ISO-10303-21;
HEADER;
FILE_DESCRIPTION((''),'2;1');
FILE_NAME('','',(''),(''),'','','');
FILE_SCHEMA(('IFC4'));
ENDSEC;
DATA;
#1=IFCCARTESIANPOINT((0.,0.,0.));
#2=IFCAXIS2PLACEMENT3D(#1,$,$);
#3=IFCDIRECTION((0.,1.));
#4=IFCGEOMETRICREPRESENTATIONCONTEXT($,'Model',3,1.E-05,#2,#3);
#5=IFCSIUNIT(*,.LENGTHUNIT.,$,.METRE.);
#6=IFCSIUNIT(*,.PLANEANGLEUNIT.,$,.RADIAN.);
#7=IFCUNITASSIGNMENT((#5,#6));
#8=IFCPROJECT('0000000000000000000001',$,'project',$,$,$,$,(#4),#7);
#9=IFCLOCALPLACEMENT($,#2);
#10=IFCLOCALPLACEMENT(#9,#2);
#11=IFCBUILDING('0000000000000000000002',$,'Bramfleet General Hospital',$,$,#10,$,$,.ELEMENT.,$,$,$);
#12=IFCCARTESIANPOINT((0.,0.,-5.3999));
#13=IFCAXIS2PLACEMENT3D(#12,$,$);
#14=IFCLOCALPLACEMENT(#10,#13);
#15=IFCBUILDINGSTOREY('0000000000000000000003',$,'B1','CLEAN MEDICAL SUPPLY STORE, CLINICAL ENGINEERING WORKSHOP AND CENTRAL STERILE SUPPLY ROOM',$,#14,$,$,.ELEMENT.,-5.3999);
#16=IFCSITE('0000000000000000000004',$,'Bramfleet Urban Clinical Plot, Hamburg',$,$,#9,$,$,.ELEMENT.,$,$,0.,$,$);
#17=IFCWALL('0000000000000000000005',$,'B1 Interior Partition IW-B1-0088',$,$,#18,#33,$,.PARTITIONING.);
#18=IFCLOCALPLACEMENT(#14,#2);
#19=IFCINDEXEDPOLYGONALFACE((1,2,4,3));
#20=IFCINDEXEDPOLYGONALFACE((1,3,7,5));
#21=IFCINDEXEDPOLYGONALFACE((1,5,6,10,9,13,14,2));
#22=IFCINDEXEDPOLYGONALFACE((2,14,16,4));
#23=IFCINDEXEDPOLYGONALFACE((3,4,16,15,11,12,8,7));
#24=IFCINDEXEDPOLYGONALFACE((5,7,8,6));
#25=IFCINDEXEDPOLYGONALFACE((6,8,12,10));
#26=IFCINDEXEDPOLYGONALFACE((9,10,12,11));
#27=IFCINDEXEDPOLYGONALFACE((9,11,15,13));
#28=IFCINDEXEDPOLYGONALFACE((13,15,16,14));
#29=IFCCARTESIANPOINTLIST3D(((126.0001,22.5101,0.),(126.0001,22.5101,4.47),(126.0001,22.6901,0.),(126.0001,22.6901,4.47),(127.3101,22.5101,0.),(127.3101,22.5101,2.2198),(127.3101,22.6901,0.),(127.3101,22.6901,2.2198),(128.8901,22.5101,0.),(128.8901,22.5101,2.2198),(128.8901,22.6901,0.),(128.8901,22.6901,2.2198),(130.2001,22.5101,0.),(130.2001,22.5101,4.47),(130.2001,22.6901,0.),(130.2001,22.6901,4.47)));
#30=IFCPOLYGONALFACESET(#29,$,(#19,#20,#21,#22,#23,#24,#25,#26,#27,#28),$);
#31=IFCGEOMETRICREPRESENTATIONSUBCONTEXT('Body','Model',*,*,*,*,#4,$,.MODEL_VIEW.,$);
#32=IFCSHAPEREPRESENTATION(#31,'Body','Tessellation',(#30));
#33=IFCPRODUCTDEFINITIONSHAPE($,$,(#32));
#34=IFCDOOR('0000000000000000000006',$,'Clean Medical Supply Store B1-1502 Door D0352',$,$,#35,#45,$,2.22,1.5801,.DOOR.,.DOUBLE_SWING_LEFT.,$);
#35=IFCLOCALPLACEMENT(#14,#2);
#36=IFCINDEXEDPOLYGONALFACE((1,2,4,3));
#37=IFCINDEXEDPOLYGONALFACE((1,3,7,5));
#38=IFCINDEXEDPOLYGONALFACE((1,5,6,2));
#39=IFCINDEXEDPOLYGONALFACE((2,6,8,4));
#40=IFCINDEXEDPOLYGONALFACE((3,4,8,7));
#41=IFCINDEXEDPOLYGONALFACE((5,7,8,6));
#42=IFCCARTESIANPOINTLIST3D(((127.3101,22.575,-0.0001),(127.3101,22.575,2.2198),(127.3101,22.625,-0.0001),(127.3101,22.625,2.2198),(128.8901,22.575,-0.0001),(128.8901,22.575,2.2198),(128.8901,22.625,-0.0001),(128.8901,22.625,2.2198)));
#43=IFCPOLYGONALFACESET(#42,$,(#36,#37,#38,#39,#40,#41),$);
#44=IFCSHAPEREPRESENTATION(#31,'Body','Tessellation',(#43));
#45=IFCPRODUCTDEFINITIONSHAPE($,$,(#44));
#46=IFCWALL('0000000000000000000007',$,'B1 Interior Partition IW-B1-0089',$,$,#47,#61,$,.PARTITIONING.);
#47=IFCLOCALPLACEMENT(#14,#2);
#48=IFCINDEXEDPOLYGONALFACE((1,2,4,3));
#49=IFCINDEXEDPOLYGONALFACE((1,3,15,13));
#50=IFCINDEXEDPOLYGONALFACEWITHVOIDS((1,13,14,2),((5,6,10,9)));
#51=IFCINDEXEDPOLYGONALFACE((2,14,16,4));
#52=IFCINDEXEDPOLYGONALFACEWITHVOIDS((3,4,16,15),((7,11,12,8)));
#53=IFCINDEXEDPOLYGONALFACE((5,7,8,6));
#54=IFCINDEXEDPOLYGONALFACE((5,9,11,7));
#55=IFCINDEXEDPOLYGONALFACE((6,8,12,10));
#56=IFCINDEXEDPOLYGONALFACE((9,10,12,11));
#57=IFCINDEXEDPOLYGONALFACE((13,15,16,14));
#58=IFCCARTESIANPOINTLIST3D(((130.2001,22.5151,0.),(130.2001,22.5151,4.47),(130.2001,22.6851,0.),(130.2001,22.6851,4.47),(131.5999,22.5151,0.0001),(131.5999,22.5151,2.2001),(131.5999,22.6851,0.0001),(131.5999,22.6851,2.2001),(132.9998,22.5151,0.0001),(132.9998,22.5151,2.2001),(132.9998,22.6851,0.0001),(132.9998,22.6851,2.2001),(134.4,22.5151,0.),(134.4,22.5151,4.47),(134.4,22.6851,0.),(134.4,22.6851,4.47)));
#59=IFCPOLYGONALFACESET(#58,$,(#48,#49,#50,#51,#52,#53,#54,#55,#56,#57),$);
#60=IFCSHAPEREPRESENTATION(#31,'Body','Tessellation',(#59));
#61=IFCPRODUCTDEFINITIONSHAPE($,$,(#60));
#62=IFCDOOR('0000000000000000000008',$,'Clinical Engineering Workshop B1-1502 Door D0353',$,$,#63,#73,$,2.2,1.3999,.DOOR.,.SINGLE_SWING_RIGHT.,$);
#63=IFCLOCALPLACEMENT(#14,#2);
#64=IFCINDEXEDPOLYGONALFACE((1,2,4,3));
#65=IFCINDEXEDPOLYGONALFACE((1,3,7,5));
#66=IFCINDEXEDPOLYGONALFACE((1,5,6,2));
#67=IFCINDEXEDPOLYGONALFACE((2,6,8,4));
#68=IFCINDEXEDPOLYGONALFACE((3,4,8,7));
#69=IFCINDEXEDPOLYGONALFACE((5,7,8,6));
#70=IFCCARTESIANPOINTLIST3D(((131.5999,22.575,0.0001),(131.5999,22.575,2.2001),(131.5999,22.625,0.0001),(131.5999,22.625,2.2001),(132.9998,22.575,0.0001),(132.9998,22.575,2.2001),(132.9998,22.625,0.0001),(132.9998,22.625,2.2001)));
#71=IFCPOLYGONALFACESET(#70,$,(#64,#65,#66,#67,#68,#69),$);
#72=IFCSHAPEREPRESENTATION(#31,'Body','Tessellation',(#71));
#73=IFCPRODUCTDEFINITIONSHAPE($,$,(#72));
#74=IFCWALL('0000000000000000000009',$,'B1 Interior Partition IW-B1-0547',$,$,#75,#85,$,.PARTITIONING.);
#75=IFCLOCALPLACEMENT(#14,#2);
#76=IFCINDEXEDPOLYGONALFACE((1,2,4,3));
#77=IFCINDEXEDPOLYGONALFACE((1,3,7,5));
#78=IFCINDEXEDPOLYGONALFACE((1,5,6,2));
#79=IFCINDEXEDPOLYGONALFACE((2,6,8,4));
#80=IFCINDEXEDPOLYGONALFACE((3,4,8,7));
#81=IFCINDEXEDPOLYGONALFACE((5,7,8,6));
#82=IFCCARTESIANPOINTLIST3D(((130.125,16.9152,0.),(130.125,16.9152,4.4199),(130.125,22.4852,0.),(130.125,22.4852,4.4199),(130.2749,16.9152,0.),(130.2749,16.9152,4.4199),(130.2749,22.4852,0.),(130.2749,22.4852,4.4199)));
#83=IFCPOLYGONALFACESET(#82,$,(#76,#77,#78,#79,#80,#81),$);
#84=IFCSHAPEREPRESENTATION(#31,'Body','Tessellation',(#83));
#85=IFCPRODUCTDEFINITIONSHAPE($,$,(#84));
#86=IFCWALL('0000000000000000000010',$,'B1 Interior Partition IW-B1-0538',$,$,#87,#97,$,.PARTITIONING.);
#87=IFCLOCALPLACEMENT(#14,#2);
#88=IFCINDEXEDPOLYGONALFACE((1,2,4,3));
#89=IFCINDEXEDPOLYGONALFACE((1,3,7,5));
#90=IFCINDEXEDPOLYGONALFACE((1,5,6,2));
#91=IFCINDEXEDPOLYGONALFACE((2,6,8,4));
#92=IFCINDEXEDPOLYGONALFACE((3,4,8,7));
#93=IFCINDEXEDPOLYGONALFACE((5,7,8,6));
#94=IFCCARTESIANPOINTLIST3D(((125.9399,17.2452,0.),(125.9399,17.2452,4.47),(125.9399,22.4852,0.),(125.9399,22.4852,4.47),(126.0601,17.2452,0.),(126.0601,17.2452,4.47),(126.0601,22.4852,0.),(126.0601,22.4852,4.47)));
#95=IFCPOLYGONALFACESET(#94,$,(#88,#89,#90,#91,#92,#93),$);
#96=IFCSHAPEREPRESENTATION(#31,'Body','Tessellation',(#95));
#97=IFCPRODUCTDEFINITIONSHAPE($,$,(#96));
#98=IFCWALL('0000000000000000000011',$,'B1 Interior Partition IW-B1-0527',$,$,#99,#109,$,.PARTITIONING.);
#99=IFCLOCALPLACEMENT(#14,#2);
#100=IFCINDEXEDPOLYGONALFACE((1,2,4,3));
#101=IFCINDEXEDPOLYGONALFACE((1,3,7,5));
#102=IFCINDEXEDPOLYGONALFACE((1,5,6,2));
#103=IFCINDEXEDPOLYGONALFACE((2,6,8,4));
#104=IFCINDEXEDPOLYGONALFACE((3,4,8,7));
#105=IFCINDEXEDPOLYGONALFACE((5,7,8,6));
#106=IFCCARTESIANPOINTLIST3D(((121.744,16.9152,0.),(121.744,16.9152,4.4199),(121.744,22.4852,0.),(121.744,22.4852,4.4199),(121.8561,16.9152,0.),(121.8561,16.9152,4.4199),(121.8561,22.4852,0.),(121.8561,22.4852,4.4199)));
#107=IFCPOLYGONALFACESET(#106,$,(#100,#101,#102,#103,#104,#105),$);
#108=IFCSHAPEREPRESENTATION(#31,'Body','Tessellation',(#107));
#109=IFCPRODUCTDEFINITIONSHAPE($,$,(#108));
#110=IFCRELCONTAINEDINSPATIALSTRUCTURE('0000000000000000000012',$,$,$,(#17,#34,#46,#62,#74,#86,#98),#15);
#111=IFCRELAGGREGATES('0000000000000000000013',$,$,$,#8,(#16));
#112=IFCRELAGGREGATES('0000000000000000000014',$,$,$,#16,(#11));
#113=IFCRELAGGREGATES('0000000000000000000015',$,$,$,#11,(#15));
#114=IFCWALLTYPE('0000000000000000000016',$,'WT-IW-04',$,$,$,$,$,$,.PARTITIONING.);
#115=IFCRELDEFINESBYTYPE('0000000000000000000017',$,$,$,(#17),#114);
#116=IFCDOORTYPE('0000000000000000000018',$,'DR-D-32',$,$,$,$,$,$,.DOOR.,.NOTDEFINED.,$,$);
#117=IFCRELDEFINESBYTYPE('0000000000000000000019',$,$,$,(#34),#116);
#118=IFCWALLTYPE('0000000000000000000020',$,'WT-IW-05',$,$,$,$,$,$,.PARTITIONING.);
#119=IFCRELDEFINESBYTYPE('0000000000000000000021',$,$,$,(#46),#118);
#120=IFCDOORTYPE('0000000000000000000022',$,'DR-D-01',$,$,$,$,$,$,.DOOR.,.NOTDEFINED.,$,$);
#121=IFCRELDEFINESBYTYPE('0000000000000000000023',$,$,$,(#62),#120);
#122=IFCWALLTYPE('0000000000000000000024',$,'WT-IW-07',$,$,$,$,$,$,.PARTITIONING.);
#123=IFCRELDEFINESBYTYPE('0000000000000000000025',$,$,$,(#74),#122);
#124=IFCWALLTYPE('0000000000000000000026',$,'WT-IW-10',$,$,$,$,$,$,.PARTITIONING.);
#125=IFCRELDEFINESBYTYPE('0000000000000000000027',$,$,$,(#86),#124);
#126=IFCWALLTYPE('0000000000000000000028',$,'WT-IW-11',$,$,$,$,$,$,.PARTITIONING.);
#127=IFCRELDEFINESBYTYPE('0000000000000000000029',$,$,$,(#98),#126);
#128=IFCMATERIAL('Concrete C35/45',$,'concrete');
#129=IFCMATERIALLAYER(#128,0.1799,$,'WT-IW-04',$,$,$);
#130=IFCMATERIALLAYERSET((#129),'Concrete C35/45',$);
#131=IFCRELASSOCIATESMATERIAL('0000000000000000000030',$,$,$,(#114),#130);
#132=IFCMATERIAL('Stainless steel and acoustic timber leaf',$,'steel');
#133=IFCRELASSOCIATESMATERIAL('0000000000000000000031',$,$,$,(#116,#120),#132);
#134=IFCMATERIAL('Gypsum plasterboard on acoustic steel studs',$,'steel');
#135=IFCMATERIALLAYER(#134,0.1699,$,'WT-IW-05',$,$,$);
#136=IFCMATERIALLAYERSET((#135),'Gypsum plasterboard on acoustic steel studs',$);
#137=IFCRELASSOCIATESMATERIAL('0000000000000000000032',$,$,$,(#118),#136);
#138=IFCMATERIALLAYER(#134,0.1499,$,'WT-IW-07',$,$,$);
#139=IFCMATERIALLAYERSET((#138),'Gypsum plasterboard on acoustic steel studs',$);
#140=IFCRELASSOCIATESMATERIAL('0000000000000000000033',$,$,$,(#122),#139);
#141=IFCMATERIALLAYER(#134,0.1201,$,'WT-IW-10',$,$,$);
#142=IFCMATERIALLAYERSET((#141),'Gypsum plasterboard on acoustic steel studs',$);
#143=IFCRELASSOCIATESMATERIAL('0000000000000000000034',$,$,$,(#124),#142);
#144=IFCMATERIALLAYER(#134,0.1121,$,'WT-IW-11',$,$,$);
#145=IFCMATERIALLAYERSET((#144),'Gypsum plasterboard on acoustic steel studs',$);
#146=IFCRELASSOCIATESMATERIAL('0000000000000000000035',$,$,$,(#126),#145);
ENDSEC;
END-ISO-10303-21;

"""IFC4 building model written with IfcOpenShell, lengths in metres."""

from ifc_helpers import new_model, si_unit, direction, frame, frame_2d, origin, place, context, subcontext, project, spatial, rectangle, extrude, material, layer, layer_set, type_object, element, fill, save


model = new_model("IFC4")

# Units and contexts
model_context = context("Model", 3, precision=1e-05, world=origin(), true_north=direction((0.0, 1.0)))
body_context = subcontext(model_context, "Body", "Model", "MODEL_VIEW")
ifc_project = project(units=[si_unit("LENGTHUNIT", "METRE"), si_unit("PLANEANGLEUNIT", "RADIAN")], contexts=[model_context])

# Site, building, storey
site_placement = place(None, origin())
site = spatial("IfcSite", under=ifc_project, at=site_placement, Name="Bramfleet Urban Clinical Plot, Hamburg", CompositionType="ELEMENT", RefElevation=0.0)
building_placement = place(site_placement, origin())
building = spatial("IfcBuilding", under=site, at=building_placement, Name="Bramfleet General Hospital", CompositionType="ELEMENT")
storey_placement = place(building_placement, frame((0.0, 0.0, -5.3999)))
storey = spatial("IfcBuildingStorey", under=building, at=storey_placement, Name="B1", Description="CLEAN MEDICAL SUPPLY STORE, CLINICAL ENGINEERING WORKSHOP AND CENTRAL STERILE SUPPLY ROOM", CompositionType="ELEMENT", Elevation=-5.3999)

# Shared definitions
ifc_material_1 = material(Name="Concrete C35/45", Category="concrete")

# Walls, openings, doors
ifc_material_2 = material(Name="Stainless steel and acoustic timber leaf", Category="steel")
ifc_layer_1 = layer(ifc_material_1, 0.1799, Name="WT-IW-04")
ifc_layer_set_1 = layer_set([ifc_layer_1], Name="Concrete C35/45")
wall_type_1 = type_object("IfcWallType", Name="WT-IW-04", PredefinedType="PARTITIONING", material=ifc_layer_set_1)
wall_1_placement = place(storey_placement, frame((126.0, 22.6001, 0.0), z_axis=(0.0, 0.0, 1.0), x_axis=(1.0, 0.0, 0.0)))
wall_1 = element("IfcWall", 1, at=wall_1_placement, inside=storey, type_object=wall_type_1, Name="B1 Interior Partition IW-B1-0088", PredefinedType="PARTITIONING", context=body_context, shape_type="SweptSolid", body=[
    extrude(rectangle(XDim=4.2, YDim=0.1799, at=frame_2d((2.1001, 0.0))), origin(), (0.0, 0.0, 1.0), 4.47),
])
opening_1_placement = place(wall_1_placement, frame((1.3101, 0.0, 0.0)))
opening_1 = element("IfcOpeningElement", 2, at=opening_1_placement, cuts=wall_1, PredefinedType="OPENING", context=body_context, shape_type="SweptSolid", body=[
    extrude(rectangle(XDim=1.5801, YDim=2.22, at=frame_2d((0.79, 1.1099))), frame((0.0, 0.0999, 0.0), z_axis=(0.0, -1.0, 0.0), x_axis=(1.0, 0.0, 0.0)), (0.0, 0.0, 1.0), 0.2),
])
door_type_1 = type_object("IfcDoorType", Name="DR-D-32", OperationType="NOTDEFINED", PredefinedType="DOOR", material=ifc_material_2)
door_1_placement = place(opening_1_placement, origin())
door_1 = element("IfcDoor", 3, at=door_1_placement, inside=storey, type_object=door_type_1, Name="Clean Medical Supply Store B1-1502 Door D0352", OperationType="DOUBLE_SWING_LEFT", OverallHeight=2.22, OverallWidth=1.5801, PredefinedType="DOOR", context=body_context, shape_type="SweptSolid", body=[
    extrude(rectangle(XDim=1.5801, YDim=2.22, at=frame_2d((0.79, 1.1099))), frame((0.0, 0.0249, 0.0), z_axis=(0.0, -1.0, 0.0), x_axis=(1.0, 0.0, 0.0)), (0.0, 0.0, 1.0), 0.05),
])
fill(opening_1, door_1)
ifc_material_3 = material(Name="Gypsum plasterboard on acoustic steel studs", Category="steel")
ifc_layer_2 = layer(ifc_material_3, 0.1699, Name="WT-IW-05")
ifc_layer_set_2 = layer_set([ifc_layer_2], Name="Gypsum plasterboard on acoustic steel studs")
wall_type_2 = type_object("IfcWallType", Name="WT-IW-05", PredefinedType="PARTITIONING", material=ifc_layer_set_2)
wall_2_placement = place(storey_placement, frame((130.2, 22.6001, 0.0), z_axis=(0.0, 0.0, 1.0), x_axis=(1.0, 0.0, 0.0)))
wall_2 = element("IfcWall", 4, at=wall_2_placement, inside=storey, type_object=wall_type_2, Name="B1 Interior Partition IW-B1-0089", PredefinedType="PARTITIONING", context=body_context, shape_type="SweptSolid", body=[
    extrude(rectangle(XDim=4.2, YDim=0.1699, at=frame_2d((2.1001, 0.0))), origin(), (0.0, 0.0, 1.0), 4.47),
])
opening_2_placement = place(wall_2_placement, frame((1.3999, 0.0, 0.0)))
opening_2 = element("IfcOpeningElement", 5, at=opening_2_placement, cuts=wall_2, PredefinedType="OPENING", context=body_context, shape_type="SweptSolid", body=[
    extrude(rectangle(XDim=1.3999, YDim=2.2, at=frame_2d((0.7, 1.1001))), frame((0.0, 0.095, 0.0), z_axis=(0.0, -1.0, 0.0), x_axis=(1.0, 0.0, 0.0)), (0.0, 0.0, 1.0), 0.1899),
])
door_type_2 = type_object("IfcDoorType", Name="DR-D-01", OperationType="NOTDEFINED", PredefinedType="DOOR", material=ifc_material_2)
door_2_placement = place(opening_2_placement, origin())
door_2 = element("IfcDoor", 6, at=door_2_placement, inside=storey, type_object=door_type_2, Name="Clinical Engineering Workshop B1-1502 Door D0353", OperationType="SINGLE_SWING_RIGHT", OverallHeight=2.2, OverallWidth=1.3999, PredefinedType="DOOR", context=body_context, shape_type="SweptSolid", body=[
    extrude(rectangle(XDim=1.3999, YDim=2.2, at=frame_2d((0.7, 1.1001))), frame((0.0, 0.0249, 0.0), z_axis=(0.0, -1.0, 0.0), x_axis=(1.0, 0.0, 0.0)), (0.0, 0.0, 1.0), 0.05),
])
fill(opening_2, door_2)

# Walls
ifc_layer_3 = layer(ifc_material_3, 0.1499, Name="WT-IW-07")
ifc_layer_set_3 = layer_set([ifc_layer_3], Name="Gypsum plasterboard on acoustic steel studs")
wall_type_3 = type_object("IfcWallType", Name="WT-IW-07", PredefinedType="PARTITIONING", material=ifc_layer_set_3)
wall_3_placement = place(storey_placement, frame((130.2, 16.915, 0.0), z_axis=(0.0, 0.0, 1.0), x_axis=(0.0, 1.0, 0.0)))
element("IfcWall", 7, at=wall_3_placement, inside=storey, type_object=wall_type_3, Name="B1 Interior Partition IW-B1-0547", PredefinedType="PARTITIONING", context=body_context, shape_type="SweptSolid", body=[
    extrude(rectangle(XDim=5.5701, YDim=0.1499, at=frame_2d((2.7852, 0.0))), origin(), (0.0, 0.0, 1.0), 4.4199),
])
ifc_layer_4 = layer(ifc_material_3, 0.1201, Name="WT-IW-10")
ifc_layer_set_4 = layer_set([ifc_layer_4], Name="Gypsum plasterboard on acoustic steel studs")
wall_type_4 = type_object("IfcWallType", Name="WT-IW-10", PredefinedType="PARTITIONING", material=ifc_layer_set_4)
wall_4_placement = place(storey_placement, frame((126.0, 17.2451, 0.0), z_axis=(0.0, 0.0, 1.0), x_axis=(0.0, 1.0, 0.0)))
element("IfcWall", 8, at=wall_4_placement, inside=storey, type_object=wall_type_4, Name="B1 Interior Partition IW-B1-0538", PredefinedType="PARTITIONING", context=body_context, shape_type="SweptSolid", body=[
    extrude(rectangle(XDim=5.24, YDim=0.1201, at=frame_2d((2.6201, 0.0))), origin(), (0.0, 0.0, 1.0), 4.47),
])
ifc_layer_5 = layer(ifc_material_3, 0.1121, Name="WT-IW-11")
ifc_layer_set_5 = layer_set([ifc_layer_5], Name="Gypsum plasterboard on acoustic steel studs")
wall_type_5 = type_object("IfcWallType", Name="WT-IW-11", PredefinedType="PARTITIONING", material=ifc_layer_set_5)
wall_5_placement = place(storey_placement, frame((121.8, 16.915, 0.0), z_axis=(0.0, 0.0, 1.0), x_axis=(0.0, 1.0, 0.0)))
element("IfcWall", 9, at=wall_5_placement, inside=storey, type_object=wall_type_5, Name="B1 Interior Partition IW-B1-0527", PredefinedType="PARTITIONING", context=body_context, shape_type="SweptSolid", body=[
    extrude(rectangle(XDim=5.5701, YDim=0.1121, at=frame_2d((2.7852, 0.0))), origin(), (0.0, 0.0, 1.0), 4.4199),
])

save(model, "model.ifc")
